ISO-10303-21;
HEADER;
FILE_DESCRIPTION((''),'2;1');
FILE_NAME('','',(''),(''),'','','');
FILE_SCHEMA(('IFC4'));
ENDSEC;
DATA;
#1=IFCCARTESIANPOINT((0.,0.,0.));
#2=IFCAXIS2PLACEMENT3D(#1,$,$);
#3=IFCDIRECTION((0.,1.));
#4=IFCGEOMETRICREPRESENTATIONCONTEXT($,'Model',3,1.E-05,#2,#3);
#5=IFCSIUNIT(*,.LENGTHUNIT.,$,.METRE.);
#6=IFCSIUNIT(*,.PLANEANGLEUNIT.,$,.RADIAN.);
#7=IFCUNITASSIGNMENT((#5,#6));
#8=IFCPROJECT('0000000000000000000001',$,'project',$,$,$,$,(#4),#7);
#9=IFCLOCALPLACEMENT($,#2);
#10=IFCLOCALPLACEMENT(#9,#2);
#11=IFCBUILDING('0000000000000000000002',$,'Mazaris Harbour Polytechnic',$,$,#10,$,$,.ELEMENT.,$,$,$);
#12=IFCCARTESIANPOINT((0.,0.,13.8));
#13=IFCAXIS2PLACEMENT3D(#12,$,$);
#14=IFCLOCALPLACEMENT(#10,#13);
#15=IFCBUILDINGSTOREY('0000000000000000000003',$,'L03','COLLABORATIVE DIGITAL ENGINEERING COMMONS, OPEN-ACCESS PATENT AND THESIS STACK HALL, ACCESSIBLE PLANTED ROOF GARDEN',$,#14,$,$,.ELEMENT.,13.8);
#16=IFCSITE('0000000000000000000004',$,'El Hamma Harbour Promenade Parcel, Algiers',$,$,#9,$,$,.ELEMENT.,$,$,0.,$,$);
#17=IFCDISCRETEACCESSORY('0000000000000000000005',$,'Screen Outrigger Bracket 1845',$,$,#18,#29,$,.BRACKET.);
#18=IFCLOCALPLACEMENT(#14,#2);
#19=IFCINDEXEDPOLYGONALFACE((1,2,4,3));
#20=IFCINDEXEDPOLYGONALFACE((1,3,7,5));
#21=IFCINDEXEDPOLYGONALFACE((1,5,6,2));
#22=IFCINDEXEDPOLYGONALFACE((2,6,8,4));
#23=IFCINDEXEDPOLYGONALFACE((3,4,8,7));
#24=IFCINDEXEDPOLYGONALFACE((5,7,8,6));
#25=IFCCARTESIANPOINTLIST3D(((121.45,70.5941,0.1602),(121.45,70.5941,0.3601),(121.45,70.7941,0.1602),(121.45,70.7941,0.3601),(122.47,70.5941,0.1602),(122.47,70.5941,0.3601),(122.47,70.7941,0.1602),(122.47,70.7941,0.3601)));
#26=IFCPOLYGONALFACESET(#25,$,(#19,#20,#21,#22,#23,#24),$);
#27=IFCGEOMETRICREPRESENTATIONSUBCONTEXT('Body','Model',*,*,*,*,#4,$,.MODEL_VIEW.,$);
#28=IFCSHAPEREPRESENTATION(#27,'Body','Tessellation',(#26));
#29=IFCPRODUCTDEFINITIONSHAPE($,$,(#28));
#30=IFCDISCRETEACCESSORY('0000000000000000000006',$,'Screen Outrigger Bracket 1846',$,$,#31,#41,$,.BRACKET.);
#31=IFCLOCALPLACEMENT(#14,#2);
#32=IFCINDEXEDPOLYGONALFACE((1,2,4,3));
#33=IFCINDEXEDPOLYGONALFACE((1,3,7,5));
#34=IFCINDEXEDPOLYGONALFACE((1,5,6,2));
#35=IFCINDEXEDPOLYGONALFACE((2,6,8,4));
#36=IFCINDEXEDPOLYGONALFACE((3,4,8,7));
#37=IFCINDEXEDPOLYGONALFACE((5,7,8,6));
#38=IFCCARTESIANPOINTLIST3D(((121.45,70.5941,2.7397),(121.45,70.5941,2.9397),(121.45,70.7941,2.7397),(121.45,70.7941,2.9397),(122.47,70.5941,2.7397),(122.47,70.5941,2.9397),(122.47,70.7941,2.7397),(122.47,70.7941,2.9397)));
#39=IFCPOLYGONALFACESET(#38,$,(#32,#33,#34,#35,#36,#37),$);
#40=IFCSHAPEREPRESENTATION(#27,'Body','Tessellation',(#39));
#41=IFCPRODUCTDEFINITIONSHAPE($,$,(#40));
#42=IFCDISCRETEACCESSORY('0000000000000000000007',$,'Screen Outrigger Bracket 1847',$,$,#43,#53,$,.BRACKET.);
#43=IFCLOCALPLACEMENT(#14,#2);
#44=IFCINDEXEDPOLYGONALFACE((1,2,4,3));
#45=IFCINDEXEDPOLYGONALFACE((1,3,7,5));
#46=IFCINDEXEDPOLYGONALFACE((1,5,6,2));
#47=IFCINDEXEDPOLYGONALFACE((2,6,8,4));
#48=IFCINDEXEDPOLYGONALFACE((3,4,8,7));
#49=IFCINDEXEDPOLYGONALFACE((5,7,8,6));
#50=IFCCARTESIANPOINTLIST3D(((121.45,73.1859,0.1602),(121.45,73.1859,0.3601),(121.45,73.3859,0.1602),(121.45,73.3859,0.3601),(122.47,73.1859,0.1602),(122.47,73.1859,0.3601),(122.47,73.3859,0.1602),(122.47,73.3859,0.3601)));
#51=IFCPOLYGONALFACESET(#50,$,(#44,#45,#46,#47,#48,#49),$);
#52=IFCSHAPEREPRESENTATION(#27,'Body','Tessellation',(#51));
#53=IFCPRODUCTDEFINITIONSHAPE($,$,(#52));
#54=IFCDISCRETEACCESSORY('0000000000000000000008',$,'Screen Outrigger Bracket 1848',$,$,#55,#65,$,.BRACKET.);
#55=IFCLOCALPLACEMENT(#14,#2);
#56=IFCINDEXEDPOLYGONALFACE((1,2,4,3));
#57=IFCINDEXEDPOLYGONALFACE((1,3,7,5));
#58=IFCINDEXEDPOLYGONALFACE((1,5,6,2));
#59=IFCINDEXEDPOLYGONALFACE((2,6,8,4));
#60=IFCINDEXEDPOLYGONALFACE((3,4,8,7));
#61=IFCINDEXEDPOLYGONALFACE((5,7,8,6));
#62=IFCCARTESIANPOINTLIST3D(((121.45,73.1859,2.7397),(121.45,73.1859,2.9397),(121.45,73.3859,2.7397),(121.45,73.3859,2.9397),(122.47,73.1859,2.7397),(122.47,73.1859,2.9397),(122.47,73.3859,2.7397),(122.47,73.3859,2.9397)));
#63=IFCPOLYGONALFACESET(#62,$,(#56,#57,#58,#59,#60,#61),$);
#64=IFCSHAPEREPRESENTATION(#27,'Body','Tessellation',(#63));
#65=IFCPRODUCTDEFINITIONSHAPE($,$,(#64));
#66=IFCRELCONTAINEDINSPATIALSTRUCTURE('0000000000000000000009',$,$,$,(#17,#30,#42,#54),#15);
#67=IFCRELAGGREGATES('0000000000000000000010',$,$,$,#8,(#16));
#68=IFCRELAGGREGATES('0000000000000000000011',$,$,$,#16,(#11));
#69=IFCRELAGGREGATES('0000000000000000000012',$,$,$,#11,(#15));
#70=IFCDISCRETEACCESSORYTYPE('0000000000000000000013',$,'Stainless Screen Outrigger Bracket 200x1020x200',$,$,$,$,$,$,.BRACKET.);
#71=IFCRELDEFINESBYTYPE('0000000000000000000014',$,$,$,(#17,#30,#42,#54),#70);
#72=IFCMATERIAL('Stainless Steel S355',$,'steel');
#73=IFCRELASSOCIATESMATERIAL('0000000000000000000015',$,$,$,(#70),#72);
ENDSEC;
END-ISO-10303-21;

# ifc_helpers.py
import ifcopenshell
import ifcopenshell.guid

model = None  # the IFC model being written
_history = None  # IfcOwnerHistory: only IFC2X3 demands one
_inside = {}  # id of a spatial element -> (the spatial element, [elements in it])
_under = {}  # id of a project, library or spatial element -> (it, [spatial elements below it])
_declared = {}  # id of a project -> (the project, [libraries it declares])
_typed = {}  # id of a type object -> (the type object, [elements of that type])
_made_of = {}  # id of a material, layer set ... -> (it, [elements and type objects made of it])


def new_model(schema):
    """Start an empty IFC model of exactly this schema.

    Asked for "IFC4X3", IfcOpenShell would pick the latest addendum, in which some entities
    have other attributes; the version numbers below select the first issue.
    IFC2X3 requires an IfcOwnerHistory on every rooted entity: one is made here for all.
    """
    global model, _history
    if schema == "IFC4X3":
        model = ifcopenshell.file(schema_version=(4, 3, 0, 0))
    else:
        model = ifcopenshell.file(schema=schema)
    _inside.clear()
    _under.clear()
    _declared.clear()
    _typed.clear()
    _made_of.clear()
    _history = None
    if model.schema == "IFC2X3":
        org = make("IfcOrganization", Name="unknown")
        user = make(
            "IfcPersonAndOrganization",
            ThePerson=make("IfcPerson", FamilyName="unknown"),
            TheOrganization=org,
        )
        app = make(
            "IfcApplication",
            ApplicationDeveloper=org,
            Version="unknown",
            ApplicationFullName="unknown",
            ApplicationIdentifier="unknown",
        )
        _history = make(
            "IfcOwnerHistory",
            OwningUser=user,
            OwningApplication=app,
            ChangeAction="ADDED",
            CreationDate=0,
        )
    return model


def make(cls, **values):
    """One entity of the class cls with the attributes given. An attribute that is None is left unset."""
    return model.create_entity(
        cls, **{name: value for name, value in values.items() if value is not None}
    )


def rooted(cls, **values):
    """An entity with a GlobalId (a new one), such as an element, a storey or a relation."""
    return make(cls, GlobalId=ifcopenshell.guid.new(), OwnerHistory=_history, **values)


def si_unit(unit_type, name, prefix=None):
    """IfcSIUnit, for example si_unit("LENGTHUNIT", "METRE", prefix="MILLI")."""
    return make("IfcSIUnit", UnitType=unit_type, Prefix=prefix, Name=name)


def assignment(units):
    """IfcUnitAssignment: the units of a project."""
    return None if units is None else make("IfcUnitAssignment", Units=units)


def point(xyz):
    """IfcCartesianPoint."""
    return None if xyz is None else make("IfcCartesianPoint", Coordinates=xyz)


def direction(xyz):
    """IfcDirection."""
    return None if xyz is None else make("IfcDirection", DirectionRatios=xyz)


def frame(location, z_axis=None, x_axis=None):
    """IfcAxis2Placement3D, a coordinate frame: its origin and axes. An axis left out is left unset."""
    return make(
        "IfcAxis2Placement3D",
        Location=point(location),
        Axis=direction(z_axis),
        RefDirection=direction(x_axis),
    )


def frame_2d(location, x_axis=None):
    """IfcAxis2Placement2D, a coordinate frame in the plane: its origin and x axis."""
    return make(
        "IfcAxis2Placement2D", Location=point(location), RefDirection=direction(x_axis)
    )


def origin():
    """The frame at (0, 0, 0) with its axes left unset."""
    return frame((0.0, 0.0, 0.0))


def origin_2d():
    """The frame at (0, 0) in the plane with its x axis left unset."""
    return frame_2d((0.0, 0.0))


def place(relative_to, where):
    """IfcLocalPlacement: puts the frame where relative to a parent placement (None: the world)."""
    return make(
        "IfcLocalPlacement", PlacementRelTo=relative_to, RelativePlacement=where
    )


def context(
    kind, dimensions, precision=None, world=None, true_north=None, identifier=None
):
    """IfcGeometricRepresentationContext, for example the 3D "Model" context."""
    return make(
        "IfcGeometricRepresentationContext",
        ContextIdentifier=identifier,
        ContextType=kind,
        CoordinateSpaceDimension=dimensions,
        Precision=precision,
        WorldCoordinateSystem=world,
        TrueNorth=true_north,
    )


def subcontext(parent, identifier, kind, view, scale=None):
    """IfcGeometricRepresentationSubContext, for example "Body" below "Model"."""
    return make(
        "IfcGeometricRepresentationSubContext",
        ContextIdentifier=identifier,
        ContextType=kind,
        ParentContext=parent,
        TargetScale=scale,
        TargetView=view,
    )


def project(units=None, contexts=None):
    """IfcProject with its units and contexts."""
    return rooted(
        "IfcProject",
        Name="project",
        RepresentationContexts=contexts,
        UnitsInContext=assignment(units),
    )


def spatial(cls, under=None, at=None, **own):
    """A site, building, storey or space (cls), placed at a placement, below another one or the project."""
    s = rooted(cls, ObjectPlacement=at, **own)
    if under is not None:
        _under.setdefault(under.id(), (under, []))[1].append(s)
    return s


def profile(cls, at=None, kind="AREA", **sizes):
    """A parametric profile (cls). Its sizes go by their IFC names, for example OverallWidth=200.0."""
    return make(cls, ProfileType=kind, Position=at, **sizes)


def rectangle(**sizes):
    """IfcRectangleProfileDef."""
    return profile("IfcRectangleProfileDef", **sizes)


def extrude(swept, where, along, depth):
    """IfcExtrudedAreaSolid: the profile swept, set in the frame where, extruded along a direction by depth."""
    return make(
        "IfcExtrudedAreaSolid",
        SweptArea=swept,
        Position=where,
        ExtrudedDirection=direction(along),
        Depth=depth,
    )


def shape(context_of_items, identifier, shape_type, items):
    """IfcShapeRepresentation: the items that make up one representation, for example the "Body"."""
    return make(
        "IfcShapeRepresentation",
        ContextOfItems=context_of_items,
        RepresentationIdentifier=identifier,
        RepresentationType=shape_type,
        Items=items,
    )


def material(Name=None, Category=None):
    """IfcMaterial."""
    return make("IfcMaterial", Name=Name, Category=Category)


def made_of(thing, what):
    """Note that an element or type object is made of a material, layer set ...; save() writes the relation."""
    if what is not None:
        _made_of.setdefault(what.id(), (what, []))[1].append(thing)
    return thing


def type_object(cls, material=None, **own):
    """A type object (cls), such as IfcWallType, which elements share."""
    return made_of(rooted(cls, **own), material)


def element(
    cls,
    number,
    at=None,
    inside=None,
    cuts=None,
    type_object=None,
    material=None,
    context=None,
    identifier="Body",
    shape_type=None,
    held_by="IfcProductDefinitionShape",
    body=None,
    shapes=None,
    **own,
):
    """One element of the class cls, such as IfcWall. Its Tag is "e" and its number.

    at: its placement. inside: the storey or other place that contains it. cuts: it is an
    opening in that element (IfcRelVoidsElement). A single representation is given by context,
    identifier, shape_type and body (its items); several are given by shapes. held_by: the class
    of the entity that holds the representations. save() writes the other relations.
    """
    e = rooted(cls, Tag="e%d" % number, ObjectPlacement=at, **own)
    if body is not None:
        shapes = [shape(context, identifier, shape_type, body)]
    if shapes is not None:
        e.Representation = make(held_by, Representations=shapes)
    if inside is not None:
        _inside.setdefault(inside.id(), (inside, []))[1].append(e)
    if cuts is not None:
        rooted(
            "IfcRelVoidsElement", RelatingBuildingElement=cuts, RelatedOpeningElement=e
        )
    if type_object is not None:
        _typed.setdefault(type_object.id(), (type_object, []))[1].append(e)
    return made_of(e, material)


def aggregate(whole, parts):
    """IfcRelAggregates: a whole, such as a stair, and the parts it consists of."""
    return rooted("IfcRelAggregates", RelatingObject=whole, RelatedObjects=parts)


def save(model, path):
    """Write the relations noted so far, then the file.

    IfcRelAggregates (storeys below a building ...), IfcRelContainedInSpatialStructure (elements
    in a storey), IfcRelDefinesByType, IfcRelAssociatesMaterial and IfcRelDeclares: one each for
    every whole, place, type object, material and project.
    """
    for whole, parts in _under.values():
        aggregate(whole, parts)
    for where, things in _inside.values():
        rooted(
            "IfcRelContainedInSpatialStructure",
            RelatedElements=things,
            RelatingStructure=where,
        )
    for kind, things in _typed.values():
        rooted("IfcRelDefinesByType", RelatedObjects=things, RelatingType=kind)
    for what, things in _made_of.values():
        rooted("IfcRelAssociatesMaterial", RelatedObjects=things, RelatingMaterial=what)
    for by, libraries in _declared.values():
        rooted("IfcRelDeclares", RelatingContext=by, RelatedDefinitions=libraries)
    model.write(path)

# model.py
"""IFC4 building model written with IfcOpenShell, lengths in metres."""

from ifc_helpers import new_model, si_unit, direction, frame, origin, origin_2d, place, context, subcontext, project, spatial, rectangle, extrude, material, type_object, element, save


model = new_model("IFC4")

# Units and contexts
model_context = context("Model", 3, precision=1e-05, world=origin(), true_north=direction((0.0, 1.0)))
body_context = subcontext(model_context, "Body", "Model", "MODEL_VIEW")
ifc_project = project(units=[si_unit("LENGTHUNIT", "METRE"), si_unit("PLANEANGLEUNIT", "RADIAN")], contexts=[model_context])

# Site, building, storey
site_placement = place(None, origin())
site = spatial("IfcSite", under=ifc_project, at=site_placement, Name="El Hamma Harbour Promenade Parcel, Algiers", CompositionType="ELEMENT", RefElevation=0.0)
building_placement = place(site_placement, origin())
building = spatial("IfcBuilding", under=site, at=building_placement, Name="Mazaris Harbour Polytechnic", CompositionType="ELEMENT")
storey_placement = place(building_placement, frame((0.0, 0.0, 13.8)))
storey = spatial("IfcBuildingStorey", under=building, at=storey_placement, Name="L03", Description="COLLABORATIVE DIGITAL ENGINEERING COMMONS, OPEN-ACCESS PATENT AND THESIS STACK HALL, ACCESSIBLE PLANTED ROOF GARDEN", CompositionType="ELEMENT", Elevation=13.8)

# Discrete accessories
ifc_material_1 = material(Name="Stainless Steel S355", Category="steel")
discrete_accessory_type = type_object("IfcDiscreteAccessoryType", Name="Stainless Screen Outrigger Bracket 200x1020x200", PredefinedType="BRACKET", material=ifc_material_1)
for number, where, z_axis, x_axis, name in (
    (1, (121.96, 70.6941, 0.1602), (0.0, 0.0, 1.0), (0.0, 1.0, 0.0), "Screen Outrigger Bracket 1845"),
    (2, (121.96, 70.6941, 2.7397), (0.0, 0.0, 1.0), (0.0, 1.0, 0.0), "Screen Outrigger Bracket 1846"),
    (3, (121.96, 73.2859, 0.1602), (0.0, 0.0, 1.0), (0.0, 1.0, 0.0), "Screen Outrigger Bracket 1847"),
    (4, (121.96, 73.2859, 2.7397), (0.0, 0.0, 1.0), (0.0, 1.0, 0.0), "Screen Outrigger Bracket 1848"),
):
    element("IfcDiscreteAccessory", number, at=place(storey_placement, frame(where, z_axis=z_axis, x_axis=x_axis)), inside=storey, type_object=discrete_accessory_type, Name=name, PredefinedType="BRACKET", context=body_context, shape_type="SweptSolid", body=[
        extrude(rectangle(XDim=0.2, YDim=1.02, at=origin_2d()), origin(), (0.0, 0.0, 1.0), 0.2),
    ])

save(model, "model.ifc")
